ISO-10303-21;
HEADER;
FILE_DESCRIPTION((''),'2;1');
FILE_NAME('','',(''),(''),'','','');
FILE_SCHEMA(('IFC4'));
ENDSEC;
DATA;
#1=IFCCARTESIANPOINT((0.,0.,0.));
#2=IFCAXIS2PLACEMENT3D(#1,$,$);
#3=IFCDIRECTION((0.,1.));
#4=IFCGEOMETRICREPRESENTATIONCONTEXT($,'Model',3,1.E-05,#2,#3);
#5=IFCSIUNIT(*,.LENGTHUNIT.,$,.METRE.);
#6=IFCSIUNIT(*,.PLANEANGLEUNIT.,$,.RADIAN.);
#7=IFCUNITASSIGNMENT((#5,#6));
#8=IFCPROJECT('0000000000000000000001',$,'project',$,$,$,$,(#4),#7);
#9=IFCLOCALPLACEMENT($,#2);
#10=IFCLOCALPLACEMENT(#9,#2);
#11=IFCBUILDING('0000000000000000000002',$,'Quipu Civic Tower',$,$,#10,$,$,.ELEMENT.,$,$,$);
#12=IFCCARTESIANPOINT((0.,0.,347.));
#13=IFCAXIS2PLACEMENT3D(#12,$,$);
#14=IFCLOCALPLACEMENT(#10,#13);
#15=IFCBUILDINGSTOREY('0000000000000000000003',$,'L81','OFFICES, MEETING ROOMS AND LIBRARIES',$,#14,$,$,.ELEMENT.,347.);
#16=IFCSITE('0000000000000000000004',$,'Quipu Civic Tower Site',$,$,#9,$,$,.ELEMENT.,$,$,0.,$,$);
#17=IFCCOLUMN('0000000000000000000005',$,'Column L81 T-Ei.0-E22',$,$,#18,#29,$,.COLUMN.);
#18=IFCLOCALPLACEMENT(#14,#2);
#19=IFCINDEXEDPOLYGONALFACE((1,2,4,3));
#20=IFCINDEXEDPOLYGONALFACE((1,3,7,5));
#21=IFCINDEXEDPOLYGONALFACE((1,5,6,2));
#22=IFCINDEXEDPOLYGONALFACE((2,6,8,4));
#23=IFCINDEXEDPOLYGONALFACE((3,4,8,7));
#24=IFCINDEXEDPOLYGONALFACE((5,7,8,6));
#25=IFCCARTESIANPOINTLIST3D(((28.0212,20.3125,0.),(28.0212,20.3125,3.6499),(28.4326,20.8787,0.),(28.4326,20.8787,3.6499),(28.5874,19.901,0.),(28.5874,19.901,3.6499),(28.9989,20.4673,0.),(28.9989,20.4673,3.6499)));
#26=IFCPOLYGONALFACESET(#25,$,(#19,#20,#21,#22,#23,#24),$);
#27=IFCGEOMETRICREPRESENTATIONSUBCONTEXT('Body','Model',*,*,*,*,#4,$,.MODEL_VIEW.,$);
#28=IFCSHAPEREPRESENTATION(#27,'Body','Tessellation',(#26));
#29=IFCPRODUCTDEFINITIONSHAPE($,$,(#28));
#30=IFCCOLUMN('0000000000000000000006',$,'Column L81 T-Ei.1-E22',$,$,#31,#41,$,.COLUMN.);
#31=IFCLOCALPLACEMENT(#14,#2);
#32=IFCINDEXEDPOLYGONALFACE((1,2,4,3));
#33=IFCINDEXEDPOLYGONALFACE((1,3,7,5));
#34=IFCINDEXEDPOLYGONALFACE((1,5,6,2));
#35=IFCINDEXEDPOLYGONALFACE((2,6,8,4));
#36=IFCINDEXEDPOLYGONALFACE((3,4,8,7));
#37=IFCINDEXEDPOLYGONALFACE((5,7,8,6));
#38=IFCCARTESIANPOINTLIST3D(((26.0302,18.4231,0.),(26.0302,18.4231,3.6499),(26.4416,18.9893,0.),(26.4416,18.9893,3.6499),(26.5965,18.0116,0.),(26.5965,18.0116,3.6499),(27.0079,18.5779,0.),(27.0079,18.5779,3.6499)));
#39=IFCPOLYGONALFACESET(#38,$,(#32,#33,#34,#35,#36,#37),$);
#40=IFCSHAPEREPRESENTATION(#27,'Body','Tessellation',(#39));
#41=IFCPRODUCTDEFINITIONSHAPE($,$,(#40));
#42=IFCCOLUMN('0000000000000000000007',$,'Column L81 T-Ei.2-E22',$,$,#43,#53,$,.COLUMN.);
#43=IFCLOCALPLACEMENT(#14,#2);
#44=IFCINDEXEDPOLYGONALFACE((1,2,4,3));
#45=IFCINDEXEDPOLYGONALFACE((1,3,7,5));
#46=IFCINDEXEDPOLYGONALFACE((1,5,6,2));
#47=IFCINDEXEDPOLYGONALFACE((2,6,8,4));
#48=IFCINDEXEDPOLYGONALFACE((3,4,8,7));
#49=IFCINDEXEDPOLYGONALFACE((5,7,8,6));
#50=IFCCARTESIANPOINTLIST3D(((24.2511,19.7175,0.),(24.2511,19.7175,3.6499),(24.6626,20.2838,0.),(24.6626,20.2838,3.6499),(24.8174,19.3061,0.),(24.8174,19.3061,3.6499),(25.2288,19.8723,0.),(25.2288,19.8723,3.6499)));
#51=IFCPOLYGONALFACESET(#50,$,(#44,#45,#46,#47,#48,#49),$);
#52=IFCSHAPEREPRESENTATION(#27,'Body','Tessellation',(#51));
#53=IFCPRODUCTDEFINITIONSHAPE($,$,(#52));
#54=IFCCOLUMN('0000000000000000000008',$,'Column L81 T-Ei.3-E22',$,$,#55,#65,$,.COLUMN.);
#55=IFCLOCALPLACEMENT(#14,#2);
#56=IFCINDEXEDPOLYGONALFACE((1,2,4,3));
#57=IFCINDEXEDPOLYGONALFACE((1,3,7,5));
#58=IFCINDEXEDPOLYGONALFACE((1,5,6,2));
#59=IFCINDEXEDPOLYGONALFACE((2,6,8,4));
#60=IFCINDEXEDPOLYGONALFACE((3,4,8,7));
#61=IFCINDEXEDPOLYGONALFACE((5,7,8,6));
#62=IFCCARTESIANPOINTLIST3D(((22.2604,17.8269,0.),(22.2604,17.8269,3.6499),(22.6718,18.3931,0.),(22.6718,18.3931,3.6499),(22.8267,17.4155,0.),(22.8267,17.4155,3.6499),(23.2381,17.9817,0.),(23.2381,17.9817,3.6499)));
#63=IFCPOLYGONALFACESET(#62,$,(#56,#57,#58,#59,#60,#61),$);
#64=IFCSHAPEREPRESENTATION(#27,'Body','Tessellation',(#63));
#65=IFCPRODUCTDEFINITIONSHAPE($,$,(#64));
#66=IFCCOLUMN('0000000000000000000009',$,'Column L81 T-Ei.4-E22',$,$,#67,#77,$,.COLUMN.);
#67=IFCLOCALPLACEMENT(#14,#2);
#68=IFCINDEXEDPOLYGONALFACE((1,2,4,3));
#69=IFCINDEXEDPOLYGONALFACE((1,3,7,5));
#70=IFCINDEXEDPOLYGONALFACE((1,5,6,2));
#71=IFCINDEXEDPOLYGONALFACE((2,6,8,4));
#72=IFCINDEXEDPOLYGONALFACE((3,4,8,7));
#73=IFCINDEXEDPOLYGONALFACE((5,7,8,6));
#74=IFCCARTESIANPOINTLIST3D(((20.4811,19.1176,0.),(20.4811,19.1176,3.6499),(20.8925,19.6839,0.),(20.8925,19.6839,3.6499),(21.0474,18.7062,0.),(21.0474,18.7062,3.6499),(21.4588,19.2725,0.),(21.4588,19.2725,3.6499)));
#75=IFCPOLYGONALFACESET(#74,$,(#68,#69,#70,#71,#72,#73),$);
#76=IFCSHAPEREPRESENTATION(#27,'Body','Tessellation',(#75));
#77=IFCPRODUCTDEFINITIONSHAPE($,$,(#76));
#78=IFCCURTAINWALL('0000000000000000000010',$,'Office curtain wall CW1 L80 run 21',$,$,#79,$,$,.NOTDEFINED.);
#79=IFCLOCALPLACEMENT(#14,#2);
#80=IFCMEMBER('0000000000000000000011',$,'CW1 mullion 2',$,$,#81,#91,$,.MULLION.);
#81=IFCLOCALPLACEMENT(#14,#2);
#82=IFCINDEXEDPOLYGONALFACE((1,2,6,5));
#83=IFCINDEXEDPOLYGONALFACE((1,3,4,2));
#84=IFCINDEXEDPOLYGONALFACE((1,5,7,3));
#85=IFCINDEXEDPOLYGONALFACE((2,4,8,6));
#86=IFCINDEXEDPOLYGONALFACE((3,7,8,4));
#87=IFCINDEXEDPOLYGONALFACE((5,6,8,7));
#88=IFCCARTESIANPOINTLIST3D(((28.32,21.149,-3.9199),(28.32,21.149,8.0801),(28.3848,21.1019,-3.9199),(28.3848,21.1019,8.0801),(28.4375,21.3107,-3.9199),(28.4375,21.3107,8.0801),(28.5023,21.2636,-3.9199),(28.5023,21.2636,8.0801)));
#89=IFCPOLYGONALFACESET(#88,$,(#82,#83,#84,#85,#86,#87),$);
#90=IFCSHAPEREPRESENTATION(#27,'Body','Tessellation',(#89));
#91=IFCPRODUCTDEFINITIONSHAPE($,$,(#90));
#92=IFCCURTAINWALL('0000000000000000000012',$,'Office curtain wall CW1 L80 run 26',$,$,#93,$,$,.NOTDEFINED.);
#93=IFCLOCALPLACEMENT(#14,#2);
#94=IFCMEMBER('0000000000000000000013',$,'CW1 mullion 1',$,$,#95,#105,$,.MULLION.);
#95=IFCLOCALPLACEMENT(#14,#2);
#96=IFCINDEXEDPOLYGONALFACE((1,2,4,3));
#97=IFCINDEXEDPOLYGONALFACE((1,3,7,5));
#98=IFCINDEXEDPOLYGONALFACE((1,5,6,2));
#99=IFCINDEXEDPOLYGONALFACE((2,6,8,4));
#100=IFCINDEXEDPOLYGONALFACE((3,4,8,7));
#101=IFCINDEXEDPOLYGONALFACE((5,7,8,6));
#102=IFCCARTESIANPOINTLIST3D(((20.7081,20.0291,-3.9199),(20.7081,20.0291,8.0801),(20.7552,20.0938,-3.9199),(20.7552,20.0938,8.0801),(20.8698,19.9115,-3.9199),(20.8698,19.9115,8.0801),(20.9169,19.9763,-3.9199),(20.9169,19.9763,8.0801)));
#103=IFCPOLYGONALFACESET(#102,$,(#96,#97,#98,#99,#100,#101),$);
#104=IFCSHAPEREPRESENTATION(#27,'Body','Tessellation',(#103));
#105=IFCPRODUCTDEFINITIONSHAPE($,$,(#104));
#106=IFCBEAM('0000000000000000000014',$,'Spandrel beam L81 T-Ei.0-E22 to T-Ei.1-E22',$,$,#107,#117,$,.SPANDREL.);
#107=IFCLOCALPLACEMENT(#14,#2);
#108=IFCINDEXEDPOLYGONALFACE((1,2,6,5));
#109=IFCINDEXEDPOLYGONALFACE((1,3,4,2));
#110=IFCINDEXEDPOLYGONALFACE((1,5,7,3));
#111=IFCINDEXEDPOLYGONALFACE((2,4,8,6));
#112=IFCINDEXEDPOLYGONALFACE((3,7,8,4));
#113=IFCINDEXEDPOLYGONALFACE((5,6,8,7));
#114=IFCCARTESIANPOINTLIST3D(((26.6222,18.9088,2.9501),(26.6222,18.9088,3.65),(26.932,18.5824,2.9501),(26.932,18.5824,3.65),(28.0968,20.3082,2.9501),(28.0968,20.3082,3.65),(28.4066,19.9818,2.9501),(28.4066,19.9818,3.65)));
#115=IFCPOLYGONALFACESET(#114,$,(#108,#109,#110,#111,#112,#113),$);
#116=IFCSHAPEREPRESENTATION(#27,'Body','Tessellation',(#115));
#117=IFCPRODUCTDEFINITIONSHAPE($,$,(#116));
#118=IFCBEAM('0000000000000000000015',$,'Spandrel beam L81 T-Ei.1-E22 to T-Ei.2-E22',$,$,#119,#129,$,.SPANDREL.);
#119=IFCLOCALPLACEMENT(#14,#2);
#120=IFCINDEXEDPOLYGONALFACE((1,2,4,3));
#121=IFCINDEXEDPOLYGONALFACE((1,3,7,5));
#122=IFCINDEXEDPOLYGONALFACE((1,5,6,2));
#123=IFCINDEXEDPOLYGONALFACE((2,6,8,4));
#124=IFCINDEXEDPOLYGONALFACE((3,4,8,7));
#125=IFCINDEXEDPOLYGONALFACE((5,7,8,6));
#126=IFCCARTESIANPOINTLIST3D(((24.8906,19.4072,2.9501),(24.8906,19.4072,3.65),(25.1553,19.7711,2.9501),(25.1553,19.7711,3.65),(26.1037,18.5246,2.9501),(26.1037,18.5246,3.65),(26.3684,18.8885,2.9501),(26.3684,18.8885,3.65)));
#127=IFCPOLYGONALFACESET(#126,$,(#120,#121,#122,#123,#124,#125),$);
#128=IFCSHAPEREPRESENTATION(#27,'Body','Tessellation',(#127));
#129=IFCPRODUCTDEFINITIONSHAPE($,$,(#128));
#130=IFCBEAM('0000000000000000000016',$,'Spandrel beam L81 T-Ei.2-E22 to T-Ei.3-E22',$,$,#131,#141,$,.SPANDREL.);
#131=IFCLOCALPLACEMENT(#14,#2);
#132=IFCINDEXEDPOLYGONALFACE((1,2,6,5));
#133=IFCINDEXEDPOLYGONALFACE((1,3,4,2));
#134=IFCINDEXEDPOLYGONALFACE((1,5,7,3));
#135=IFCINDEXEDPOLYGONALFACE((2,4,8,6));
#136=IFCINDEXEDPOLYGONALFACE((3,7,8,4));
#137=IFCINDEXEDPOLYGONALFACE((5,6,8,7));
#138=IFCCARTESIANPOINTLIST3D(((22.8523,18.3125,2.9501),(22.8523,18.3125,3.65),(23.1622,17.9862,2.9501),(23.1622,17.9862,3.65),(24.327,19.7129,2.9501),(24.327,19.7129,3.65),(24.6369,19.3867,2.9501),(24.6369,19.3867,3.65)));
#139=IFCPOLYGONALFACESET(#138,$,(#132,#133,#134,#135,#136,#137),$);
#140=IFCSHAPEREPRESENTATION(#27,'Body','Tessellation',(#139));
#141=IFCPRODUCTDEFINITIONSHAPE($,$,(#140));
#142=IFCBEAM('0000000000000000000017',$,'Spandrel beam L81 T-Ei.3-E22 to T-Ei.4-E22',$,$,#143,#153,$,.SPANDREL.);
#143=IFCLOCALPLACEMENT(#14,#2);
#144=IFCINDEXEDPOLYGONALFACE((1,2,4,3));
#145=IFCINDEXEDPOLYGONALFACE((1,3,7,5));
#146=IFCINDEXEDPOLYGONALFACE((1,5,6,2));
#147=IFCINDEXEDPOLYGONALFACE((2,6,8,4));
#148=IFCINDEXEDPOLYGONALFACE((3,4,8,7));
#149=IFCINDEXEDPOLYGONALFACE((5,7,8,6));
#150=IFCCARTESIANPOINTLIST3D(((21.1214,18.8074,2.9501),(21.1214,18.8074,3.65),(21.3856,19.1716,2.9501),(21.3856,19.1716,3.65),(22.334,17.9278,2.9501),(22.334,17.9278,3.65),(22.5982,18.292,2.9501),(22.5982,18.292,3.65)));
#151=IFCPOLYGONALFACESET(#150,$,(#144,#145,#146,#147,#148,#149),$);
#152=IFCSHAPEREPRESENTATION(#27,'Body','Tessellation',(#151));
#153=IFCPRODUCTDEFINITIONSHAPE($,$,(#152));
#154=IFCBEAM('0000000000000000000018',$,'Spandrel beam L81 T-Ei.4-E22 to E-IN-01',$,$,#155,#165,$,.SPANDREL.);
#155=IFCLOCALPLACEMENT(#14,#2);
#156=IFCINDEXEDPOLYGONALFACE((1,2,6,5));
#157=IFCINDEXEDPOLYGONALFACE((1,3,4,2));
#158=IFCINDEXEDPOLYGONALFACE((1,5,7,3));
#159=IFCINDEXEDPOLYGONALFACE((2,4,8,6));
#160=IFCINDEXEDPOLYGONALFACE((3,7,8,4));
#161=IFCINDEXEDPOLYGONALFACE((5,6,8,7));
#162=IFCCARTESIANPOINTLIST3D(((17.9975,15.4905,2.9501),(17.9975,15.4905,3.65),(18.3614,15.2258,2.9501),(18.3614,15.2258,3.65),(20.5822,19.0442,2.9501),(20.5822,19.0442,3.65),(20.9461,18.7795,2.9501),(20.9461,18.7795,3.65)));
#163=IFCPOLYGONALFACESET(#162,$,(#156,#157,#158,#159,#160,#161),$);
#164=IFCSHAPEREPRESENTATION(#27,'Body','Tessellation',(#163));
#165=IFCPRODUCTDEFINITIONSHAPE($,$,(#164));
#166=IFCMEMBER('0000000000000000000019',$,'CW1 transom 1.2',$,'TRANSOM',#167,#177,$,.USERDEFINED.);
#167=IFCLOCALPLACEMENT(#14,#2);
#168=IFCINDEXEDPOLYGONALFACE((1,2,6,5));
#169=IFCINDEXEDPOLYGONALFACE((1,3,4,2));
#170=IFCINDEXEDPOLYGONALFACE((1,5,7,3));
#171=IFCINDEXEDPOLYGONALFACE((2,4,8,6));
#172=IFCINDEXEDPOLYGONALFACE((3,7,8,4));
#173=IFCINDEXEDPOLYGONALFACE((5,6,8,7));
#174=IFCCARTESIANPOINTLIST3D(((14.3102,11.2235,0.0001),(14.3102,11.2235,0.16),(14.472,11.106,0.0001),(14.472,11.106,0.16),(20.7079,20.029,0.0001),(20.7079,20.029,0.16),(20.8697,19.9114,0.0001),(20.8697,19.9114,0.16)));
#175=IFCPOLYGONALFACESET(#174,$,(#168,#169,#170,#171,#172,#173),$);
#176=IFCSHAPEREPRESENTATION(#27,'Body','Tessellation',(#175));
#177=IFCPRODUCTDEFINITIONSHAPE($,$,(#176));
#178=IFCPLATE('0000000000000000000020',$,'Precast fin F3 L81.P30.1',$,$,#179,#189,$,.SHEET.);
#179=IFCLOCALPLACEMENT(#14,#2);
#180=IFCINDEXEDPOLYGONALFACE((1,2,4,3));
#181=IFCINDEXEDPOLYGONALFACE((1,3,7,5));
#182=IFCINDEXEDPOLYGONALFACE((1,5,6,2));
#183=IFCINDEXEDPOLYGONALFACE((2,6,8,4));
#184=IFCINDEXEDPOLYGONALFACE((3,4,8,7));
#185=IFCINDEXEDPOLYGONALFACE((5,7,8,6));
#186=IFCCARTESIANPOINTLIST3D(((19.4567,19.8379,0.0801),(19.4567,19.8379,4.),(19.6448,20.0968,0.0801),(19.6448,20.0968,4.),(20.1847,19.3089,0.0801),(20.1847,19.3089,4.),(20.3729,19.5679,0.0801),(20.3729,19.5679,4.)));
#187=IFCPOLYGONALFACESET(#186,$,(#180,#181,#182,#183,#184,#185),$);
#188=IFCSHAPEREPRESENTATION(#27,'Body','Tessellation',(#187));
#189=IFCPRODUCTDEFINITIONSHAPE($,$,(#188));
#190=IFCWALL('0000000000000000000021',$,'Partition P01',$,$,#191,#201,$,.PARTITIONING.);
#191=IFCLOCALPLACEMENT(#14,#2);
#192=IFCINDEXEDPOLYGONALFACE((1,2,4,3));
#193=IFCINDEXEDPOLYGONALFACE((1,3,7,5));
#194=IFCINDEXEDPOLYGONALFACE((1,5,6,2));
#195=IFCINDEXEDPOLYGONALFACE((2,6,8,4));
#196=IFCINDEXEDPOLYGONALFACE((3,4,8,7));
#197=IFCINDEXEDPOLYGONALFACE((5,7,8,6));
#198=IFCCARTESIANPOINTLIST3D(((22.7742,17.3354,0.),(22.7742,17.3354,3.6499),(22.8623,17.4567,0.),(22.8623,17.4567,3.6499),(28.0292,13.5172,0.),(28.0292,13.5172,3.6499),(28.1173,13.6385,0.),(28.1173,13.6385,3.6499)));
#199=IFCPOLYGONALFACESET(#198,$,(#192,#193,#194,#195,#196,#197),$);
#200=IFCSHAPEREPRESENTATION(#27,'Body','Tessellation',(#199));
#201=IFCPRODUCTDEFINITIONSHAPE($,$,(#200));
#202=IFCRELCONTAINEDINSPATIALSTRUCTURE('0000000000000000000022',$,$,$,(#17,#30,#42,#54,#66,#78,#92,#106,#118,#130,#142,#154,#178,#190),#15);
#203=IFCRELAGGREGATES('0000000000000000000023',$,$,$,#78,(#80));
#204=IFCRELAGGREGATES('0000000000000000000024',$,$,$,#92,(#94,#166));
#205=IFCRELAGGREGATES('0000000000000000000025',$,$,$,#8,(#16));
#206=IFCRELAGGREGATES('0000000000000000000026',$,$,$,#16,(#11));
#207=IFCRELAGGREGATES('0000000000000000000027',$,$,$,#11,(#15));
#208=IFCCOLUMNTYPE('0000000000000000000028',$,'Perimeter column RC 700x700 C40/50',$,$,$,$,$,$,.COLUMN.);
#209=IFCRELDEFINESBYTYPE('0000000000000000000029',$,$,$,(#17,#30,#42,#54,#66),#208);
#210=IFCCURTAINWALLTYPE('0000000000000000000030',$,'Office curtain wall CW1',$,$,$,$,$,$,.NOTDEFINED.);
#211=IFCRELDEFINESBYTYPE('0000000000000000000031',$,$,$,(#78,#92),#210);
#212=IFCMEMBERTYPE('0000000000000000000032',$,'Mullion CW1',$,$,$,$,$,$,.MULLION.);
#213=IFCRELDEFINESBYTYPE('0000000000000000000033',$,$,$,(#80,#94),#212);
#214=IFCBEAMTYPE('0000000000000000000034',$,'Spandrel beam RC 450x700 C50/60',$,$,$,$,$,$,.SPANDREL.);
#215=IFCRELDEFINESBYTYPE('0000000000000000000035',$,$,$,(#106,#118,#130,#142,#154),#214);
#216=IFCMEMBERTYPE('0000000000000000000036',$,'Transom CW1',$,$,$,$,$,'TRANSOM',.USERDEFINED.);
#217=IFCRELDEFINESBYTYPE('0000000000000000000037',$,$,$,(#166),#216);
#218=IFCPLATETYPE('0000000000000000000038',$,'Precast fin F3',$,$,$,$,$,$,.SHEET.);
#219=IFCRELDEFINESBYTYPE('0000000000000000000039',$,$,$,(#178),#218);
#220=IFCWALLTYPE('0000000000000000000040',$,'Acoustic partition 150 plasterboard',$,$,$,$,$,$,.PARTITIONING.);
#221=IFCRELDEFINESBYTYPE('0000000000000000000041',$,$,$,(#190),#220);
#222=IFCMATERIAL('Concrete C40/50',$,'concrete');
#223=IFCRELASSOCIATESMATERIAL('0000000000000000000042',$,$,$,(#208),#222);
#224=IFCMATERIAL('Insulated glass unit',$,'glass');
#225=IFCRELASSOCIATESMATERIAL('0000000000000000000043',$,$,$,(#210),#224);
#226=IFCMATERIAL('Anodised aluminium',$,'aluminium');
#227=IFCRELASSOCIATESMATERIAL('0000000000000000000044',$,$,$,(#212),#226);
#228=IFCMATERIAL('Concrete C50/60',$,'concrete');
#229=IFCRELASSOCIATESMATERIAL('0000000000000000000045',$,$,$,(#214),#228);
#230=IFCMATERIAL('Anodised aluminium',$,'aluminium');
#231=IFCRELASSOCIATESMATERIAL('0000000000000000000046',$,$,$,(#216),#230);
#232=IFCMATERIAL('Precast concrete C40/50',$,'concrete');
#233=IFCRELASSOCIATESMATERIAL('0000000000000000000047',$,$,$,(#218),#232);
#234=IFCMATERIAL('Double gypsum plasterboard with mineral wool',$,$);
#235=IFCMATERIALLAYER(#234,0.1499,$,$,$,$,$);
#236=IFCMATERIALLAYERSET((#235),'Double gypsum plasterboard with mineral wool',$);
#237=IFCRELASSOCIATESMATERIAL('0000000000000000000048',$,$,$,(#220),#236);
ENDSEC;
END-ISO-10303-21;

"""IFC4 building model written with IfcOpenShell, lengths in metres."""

from ifc_helpers import new_model, si_unit, direction, frame, frame_2d, origin, origin_2d, place, context, subcontext, project, spatial, rectangle, extrude, material, layer, layer_set, material_profile, profile_set, type_object, element, aggregate, save


model = new_model("IFC4")

# Units and contexts
model_context = context("Model", 3, precision=1e-05, world=origin(), true_north=direction((0.0, 1.0)))
body_context = subcontext(model_context, "Body", "Model", "MODEL_VIEW")
ifc_project = project(units=[si_unit("LENGTHUNIT", "METRE"), si_unit("PLANEANGLEUNIT", "RADIAN")], contexts=[model_context])

# Site, building, storey
site_placement = place(None, origin())
site = spatial("IfcSite", under=ifc_project, at=site_placement, Name="Quipu Civic Tower Site", CompositionType="ELEMENT", RefElevation=0.0)
building_placement = place(site_placement, origin())
building = spatial("IfcBuilding", under=site, at=building_placement, Name="Quipu Civic Tower", CompositionType="ELEMENT")
storey_placement = place(building_placement, frame((0.0, 0.0, 347.0)))
storey = spatial("IfcBuildingStorey", under=building, at=storey_placement, Name="L81", Description="OFFICES, MEETING ROOMS AND LIBRARIES", CompositionType="ELEMENT", Elevation=347.0)

# Columns
ifc_material_1 = material(Name="Concrete C40/50", Category="concrete")
ifc_material_profile_1 = material_profile(ifc_material_1, rectangle(XDim=0.7, YDim=0.7, at=origin_2d()), Name="RC700x700")
ifc_profile_set_1 = profile_set([ifc_material_profile_1], Name="Concrete C40/50")
column_type = type_object("IfcColumnType", Name="Perimeter column RC 700x700 C40/50", PredefinedType="COLUMN", material=ifc_profile_set_1)
for number, where, z_axis, x_axis, name in (
    (1, (28.51, 20.3899, 0.0), (0.0, 0.0, 1.0), (-0.587785, -0.809017, 0.0), "Column L81 T-Ei.0-E22"),
    (2, (26.519, 18.5005, 0.0), (0.0, 0.0, 1.0), (-0.809017, 0.587785, 0.0), "Column L81 T-Ei.1-E22"),
    (3, (24.74, 19.7949, 0.0), (0.0, 0.0, 1.0), (-0.587785, -0.809017, 0.0), "Column L81 T-Ei.2-E22"),
    (4, (22.7493, 17.9043, 0.0), (0.0, 0.0, 1.0), (-0.587785, -0.809017, 0.0), "Column L81 T-Ei.3-E22"),
    (5, (20.97, 19.1951, 0.0), (0.0, 0.0, 1.0), (-0.587785, -0.809017, 0.0), "Column L81 T-Ei.4-E22"),
):
    element("IfcColumn", number, at=place(storey_placement, frame(where, z_axis=z_axis, x_axis=x_axis)), inside=storey, type_object=column_type, Name=name, PredefinedType="COLUMN", context=body_context, shape_type="SweptSolid", body=[
        extrude(rectangle(XDim=0.7, YDim=0.7, at=origin_2d()), origin(), (0.0, 0.0, 1.0), 3.6499),
    ])

# Curtain walls, members
ifc_material_2 = material(Name="Insulated glass unit", Category="glass")
curtain_wall_type = type_object("IfcCurtainWallType", Name="Office curtain wall CW1", PredefinedType="NOTDEFINED", material=ifc_material_2)
curtain_wall_1_placement = place(storey_placement, origin())
curtain_wall_1 = element("IfcCurtainWall", 6, at=curtain_wall_1_placement, inside=storey, type_object=curtain_wall_type, Name="Office curtain wall CW1 L80 run 21", PredefinedType="NOTDEFINED")
ifc_material_3 = material(Name="Anodised aluminium", Category="aluminium")
ifc_material_profile_2 = material_profile(ifc_material_3, rectangle(XDim=0.2, YDim=0.0801, at=origin_2d()), Name="RECT 200x80")
ifc_profile_set_2 = profile_set([ifc_material_profile_2], Name="Anodised aluminium")
member_type_1 = type_object("IfcMemberType", Name="Mullion CW1", PredefinedType="MULLION", material=ifc_profile_set_2)
member_1_placement = place(storey_placement, frame((28.4111, 21.2063, -3.9199), z_axis=(0.0, 0.0, 1.0), x_axis=(-0.587788, -0.809015, 0.0)))
member_1 = element("IfcMember", 7, at=member_1_placement, type_object=member_type_1, Name="CW1 mullion 2", PredefinedType="MULLION", context=body_context, shape_type="SweptSolid", body=[
    extrude(rectangle(XDim=0.2, YDim=0.0801, at=origin_2d()), origin(), (0.0, 0.0, 1.0), 12.0),
])
aggregate(curtain_wall_1, [member_1])
curtain_wall_2_placement = place(storey_placement, origin())
curtain_wall_2 = element("IfcCurtainWall", 8, at=curtain_wall_2_placement, inside=storey, type_object=curtain_wall_type, Name="Office curtain wall CW1 L80 run 26", PredefinedType="NOTDEFINED")
member_2_placement = place(storey_placement, frame((20.8125, 20.0027, -3.9199), z_axis=(0.0, 0.0, 1.0), x_axis=(0.809015, -0.587788, 0.0)))
member_2 = element("IfcMember", 9, at=member_2_placement, type_object=member_type_1, Name="CW1 mullion 1", PredefinedType="MULLION", context=body_context, shape_type="SweptSolid", body=[
    extrude(rectangle(XDim=0.2, YDim=0.0801, at=origin_2d()), origin(), (0.0, 0.0, 1.0), 12.0),
])

# Beams
ifc_material_4 = material(Name="Concrete C50/60", Category="concrete")
ifc_material_profile_3 = material_profile(ifc_material_4, rectangle(XDim=0.45, YDim=0.7, at=origin_2d()), Name="RC450x700")
ifc_profile_set_3 = profile_set([ifc_material_profile_3], Name="Concrete C50/60")
beam_type = type_object("IfcBeamType", Name="Spandrel beam RC 450x700 C50/60", PredefinedType="SPANDREL", material=ifc_profile_set_3)
beam_1_placement = place(storey_placement, frame((28.2517, 20.145, 3.3), z_axis=(-0.725359, -0.688371, 0.0), x_axis=(0.688371, -0.725359, 0.0)))
element("IfcBeam", 10, at=beam_1_placement, inside=storey, type_object=beam_type, Name="Spandrel beam L81 T-Ei.0-E22 to T-Ei.1-E22", PredefinedType="SPANDREL", context=body_context, shape_type="SweptSolid", body=[
    extrude(rectangle(XDim=0.45, YDim=0.7, at=origin_2d()), origin(), (0.0, 0.0, 1.0), 2.033),
])
beam_2_placement = place(storey_placement, frame((26.2361, 18.7065, 3.3), z_axis=(-0.808645, 0.588297, 0.0), x_axis=(-0.588297, -0.808645, 0.0)))
element("IfcBeam", 11, at=beam_2_placement, inside=storey, type_object=beam_type, Name="Spandrel beam L81 T-Ei.1-E22 to T-Ei.2-E22", PredefinedType="SPANDREL", context=body_context, shape_type="SweptSolid", body=[
    extrude(rectangle(XDim=0.45, YDim=0.7, at=origin_2d()), origin(), (0.0, 0.0, 1.0), 1.5002),
])
beam_3_placement = place(storey_placement, frame((24.4819, 19.5498, 3.3), z_axis=(-0.725119, -0.688623, 0.0), x_axis=(0.688623, -0.725119, 0.0)))
element("IfcBeam", 12, at=beam_3_placement, inside=storey, type_object=beam_type, Name="Spandrel beam L81 T-Ei.2-E22 to T-Ei.3-E22", PredefinedType="SPANDREL", context=body_context, shape_type="SweptSolid", body=[
    extrude(rectangle(XDim=0.45, YDim=0.7, at=origin_2d()), origin(), (0.0, 0.0, 1.0), 2.0337),
])
beam_4_placement = place(storey_placement, frame((22.4661, 18.1099, 3.3), z_axis=(-0.809461, 0.587173, 0.0), x_axis=(-0.587173, -0.809461, 0.0)))
element("IfcBeam", 13, at=beam_4_placement, inside=storey, type_object=beam_type, Name="Spandrel beam L81 T-Ei.3-E22 to T-Ei.4-E22", PredefinedType="SPANDREL", context=body_context, shape_type="SweptSolid", body=[
    extrude(rectangle(XDim=0.45, YDim=0.7, at=origin_2d()), origin(), (0.0, 0.0, 1.0), 1.498),
])
beam_5_placement = place(storey_placement, frame((20.7642, 18.9119, 3.3), z_axis=(-0.588201, -0.808714, 0.0), x_axis=(0.808714, -0.588201, 0.0)))
element("IfcBeam", 14, at=beam_5_placement, inside=storey, type_object=beam_type, Name="Spandrel beam L81 T-Ei.4-E22 to E-IN-01", PredefinedType="SPANDREL", context=body_context, shape_type="SweptSolid", body=[
    extrude(rectangle(XDim=0.45, YDim=0.7, at=origin_2d()), origin(), (0.0, 0.0, 1.0), 4.3943),
])

# Member
ifc_material_5 = material(Name="Anodised aluminium", Category="aluminium")
ifc_material_profile_4 = material_profile(ifc_material_5, rectangle(XDim=0.2, YDim=0.1599, at=origin_2d()), Name="RECT 200x160")
ifc_profile_set_4 = profile_set([ifc_material_profile_4], Name="Anodised aluminium")
member_type_2 = type_object("IfcMemberType", Name="Transom CW1", ElementType="TRANSOM", PredefinedType="USERDEFINED", material=ifc_profile_set_4)
member_3_placement = place(storey_placement, frame((20.7888, 19.9702, 0.0801), z_axis=(-0.587797, -0.809009, 0.0), x_axis=(0.809009, -0.587797, 0.0)))
member_3 = element("IfcMember", 15, at=member_3_placement, type_object=member_type_2, Name="CW1 transom 1.2", ObjectType="TRANSOM", PredefinedType="USERDEFINED", context=body_context, shape_type="SweptSolid", body=[
    extrude(rectangle(XDim=0.2, YDim=0.1599, at=origin_2d()), origin(), (0.0, 0.0, 1.0), 10.8843),
])
aggregate(curtain_wall_2, [member_2, member_3])

# Plate
ifc_material_6 = material(Name="Precast concrete C40/50", Category="concrete")
plate_type = type_object("IfcPlateType", Name="Precast fin F3", PredefinedType="SHEET", material=ifc_material_6)
plate_placement = place(storey_placement, frame((19.9148, 19.7029, 0.0801), z_axis=(0.0, 0.0, 1.0), x_axis=(-0.587784, -0.809018, 0.0)))
element("IfcPlate", 16, at=plate_placement, inside=storey, type_object=plate_type, Name="Precast fin F3 L81.P30.1", PredefinedType="SHEET", context=body_context, shape_type="SweptSolid", body=[
    extrude(rectangle(XDim=0.3201, YDim=0.8999, at=origin_2d()), origin(), (0.0, 0.0, 1.0), 3.9199),
])

# Wall
ifc_material_7 = material(Name="Double gypsum plasterboard with mineral wool")
ifc_layer_1 = layer(ifc_material_7, 0.1499)
ifc_layer_set_1 = layer_set([ifc_layer_1], Name="Double gypsum plasterboard with mineral wool")
wall_type_1 = type_object("IfcWallType", Name="Acoustic partition 150 plasterboard", PredefinedType="PARTITIONING", material=ifc_layer_set_1)
wall_1_placement = place(storey_placement, frame((28.0732, 13.5779, 0.0), z_axis=(0.0, 0.0, 1.0), x_axis=(-0.809001, 0.587807, 0.0)))
element("IfcWall", 17, at=wall_1_placement, inside=storey, type_object=wall_type_1, Name="Partition P01", PredefinedType="PARTITIONING", context=body_context, shape_type="SweptSolid", body=[
    extrude(rectangle(XDim=6.4956, YDim=0.1499, at=frame_2d((3.2478, 0.0))), origin(), (0.0, 0.0, 1.0), 3.6499),
])

save(model, "model.ifc")
